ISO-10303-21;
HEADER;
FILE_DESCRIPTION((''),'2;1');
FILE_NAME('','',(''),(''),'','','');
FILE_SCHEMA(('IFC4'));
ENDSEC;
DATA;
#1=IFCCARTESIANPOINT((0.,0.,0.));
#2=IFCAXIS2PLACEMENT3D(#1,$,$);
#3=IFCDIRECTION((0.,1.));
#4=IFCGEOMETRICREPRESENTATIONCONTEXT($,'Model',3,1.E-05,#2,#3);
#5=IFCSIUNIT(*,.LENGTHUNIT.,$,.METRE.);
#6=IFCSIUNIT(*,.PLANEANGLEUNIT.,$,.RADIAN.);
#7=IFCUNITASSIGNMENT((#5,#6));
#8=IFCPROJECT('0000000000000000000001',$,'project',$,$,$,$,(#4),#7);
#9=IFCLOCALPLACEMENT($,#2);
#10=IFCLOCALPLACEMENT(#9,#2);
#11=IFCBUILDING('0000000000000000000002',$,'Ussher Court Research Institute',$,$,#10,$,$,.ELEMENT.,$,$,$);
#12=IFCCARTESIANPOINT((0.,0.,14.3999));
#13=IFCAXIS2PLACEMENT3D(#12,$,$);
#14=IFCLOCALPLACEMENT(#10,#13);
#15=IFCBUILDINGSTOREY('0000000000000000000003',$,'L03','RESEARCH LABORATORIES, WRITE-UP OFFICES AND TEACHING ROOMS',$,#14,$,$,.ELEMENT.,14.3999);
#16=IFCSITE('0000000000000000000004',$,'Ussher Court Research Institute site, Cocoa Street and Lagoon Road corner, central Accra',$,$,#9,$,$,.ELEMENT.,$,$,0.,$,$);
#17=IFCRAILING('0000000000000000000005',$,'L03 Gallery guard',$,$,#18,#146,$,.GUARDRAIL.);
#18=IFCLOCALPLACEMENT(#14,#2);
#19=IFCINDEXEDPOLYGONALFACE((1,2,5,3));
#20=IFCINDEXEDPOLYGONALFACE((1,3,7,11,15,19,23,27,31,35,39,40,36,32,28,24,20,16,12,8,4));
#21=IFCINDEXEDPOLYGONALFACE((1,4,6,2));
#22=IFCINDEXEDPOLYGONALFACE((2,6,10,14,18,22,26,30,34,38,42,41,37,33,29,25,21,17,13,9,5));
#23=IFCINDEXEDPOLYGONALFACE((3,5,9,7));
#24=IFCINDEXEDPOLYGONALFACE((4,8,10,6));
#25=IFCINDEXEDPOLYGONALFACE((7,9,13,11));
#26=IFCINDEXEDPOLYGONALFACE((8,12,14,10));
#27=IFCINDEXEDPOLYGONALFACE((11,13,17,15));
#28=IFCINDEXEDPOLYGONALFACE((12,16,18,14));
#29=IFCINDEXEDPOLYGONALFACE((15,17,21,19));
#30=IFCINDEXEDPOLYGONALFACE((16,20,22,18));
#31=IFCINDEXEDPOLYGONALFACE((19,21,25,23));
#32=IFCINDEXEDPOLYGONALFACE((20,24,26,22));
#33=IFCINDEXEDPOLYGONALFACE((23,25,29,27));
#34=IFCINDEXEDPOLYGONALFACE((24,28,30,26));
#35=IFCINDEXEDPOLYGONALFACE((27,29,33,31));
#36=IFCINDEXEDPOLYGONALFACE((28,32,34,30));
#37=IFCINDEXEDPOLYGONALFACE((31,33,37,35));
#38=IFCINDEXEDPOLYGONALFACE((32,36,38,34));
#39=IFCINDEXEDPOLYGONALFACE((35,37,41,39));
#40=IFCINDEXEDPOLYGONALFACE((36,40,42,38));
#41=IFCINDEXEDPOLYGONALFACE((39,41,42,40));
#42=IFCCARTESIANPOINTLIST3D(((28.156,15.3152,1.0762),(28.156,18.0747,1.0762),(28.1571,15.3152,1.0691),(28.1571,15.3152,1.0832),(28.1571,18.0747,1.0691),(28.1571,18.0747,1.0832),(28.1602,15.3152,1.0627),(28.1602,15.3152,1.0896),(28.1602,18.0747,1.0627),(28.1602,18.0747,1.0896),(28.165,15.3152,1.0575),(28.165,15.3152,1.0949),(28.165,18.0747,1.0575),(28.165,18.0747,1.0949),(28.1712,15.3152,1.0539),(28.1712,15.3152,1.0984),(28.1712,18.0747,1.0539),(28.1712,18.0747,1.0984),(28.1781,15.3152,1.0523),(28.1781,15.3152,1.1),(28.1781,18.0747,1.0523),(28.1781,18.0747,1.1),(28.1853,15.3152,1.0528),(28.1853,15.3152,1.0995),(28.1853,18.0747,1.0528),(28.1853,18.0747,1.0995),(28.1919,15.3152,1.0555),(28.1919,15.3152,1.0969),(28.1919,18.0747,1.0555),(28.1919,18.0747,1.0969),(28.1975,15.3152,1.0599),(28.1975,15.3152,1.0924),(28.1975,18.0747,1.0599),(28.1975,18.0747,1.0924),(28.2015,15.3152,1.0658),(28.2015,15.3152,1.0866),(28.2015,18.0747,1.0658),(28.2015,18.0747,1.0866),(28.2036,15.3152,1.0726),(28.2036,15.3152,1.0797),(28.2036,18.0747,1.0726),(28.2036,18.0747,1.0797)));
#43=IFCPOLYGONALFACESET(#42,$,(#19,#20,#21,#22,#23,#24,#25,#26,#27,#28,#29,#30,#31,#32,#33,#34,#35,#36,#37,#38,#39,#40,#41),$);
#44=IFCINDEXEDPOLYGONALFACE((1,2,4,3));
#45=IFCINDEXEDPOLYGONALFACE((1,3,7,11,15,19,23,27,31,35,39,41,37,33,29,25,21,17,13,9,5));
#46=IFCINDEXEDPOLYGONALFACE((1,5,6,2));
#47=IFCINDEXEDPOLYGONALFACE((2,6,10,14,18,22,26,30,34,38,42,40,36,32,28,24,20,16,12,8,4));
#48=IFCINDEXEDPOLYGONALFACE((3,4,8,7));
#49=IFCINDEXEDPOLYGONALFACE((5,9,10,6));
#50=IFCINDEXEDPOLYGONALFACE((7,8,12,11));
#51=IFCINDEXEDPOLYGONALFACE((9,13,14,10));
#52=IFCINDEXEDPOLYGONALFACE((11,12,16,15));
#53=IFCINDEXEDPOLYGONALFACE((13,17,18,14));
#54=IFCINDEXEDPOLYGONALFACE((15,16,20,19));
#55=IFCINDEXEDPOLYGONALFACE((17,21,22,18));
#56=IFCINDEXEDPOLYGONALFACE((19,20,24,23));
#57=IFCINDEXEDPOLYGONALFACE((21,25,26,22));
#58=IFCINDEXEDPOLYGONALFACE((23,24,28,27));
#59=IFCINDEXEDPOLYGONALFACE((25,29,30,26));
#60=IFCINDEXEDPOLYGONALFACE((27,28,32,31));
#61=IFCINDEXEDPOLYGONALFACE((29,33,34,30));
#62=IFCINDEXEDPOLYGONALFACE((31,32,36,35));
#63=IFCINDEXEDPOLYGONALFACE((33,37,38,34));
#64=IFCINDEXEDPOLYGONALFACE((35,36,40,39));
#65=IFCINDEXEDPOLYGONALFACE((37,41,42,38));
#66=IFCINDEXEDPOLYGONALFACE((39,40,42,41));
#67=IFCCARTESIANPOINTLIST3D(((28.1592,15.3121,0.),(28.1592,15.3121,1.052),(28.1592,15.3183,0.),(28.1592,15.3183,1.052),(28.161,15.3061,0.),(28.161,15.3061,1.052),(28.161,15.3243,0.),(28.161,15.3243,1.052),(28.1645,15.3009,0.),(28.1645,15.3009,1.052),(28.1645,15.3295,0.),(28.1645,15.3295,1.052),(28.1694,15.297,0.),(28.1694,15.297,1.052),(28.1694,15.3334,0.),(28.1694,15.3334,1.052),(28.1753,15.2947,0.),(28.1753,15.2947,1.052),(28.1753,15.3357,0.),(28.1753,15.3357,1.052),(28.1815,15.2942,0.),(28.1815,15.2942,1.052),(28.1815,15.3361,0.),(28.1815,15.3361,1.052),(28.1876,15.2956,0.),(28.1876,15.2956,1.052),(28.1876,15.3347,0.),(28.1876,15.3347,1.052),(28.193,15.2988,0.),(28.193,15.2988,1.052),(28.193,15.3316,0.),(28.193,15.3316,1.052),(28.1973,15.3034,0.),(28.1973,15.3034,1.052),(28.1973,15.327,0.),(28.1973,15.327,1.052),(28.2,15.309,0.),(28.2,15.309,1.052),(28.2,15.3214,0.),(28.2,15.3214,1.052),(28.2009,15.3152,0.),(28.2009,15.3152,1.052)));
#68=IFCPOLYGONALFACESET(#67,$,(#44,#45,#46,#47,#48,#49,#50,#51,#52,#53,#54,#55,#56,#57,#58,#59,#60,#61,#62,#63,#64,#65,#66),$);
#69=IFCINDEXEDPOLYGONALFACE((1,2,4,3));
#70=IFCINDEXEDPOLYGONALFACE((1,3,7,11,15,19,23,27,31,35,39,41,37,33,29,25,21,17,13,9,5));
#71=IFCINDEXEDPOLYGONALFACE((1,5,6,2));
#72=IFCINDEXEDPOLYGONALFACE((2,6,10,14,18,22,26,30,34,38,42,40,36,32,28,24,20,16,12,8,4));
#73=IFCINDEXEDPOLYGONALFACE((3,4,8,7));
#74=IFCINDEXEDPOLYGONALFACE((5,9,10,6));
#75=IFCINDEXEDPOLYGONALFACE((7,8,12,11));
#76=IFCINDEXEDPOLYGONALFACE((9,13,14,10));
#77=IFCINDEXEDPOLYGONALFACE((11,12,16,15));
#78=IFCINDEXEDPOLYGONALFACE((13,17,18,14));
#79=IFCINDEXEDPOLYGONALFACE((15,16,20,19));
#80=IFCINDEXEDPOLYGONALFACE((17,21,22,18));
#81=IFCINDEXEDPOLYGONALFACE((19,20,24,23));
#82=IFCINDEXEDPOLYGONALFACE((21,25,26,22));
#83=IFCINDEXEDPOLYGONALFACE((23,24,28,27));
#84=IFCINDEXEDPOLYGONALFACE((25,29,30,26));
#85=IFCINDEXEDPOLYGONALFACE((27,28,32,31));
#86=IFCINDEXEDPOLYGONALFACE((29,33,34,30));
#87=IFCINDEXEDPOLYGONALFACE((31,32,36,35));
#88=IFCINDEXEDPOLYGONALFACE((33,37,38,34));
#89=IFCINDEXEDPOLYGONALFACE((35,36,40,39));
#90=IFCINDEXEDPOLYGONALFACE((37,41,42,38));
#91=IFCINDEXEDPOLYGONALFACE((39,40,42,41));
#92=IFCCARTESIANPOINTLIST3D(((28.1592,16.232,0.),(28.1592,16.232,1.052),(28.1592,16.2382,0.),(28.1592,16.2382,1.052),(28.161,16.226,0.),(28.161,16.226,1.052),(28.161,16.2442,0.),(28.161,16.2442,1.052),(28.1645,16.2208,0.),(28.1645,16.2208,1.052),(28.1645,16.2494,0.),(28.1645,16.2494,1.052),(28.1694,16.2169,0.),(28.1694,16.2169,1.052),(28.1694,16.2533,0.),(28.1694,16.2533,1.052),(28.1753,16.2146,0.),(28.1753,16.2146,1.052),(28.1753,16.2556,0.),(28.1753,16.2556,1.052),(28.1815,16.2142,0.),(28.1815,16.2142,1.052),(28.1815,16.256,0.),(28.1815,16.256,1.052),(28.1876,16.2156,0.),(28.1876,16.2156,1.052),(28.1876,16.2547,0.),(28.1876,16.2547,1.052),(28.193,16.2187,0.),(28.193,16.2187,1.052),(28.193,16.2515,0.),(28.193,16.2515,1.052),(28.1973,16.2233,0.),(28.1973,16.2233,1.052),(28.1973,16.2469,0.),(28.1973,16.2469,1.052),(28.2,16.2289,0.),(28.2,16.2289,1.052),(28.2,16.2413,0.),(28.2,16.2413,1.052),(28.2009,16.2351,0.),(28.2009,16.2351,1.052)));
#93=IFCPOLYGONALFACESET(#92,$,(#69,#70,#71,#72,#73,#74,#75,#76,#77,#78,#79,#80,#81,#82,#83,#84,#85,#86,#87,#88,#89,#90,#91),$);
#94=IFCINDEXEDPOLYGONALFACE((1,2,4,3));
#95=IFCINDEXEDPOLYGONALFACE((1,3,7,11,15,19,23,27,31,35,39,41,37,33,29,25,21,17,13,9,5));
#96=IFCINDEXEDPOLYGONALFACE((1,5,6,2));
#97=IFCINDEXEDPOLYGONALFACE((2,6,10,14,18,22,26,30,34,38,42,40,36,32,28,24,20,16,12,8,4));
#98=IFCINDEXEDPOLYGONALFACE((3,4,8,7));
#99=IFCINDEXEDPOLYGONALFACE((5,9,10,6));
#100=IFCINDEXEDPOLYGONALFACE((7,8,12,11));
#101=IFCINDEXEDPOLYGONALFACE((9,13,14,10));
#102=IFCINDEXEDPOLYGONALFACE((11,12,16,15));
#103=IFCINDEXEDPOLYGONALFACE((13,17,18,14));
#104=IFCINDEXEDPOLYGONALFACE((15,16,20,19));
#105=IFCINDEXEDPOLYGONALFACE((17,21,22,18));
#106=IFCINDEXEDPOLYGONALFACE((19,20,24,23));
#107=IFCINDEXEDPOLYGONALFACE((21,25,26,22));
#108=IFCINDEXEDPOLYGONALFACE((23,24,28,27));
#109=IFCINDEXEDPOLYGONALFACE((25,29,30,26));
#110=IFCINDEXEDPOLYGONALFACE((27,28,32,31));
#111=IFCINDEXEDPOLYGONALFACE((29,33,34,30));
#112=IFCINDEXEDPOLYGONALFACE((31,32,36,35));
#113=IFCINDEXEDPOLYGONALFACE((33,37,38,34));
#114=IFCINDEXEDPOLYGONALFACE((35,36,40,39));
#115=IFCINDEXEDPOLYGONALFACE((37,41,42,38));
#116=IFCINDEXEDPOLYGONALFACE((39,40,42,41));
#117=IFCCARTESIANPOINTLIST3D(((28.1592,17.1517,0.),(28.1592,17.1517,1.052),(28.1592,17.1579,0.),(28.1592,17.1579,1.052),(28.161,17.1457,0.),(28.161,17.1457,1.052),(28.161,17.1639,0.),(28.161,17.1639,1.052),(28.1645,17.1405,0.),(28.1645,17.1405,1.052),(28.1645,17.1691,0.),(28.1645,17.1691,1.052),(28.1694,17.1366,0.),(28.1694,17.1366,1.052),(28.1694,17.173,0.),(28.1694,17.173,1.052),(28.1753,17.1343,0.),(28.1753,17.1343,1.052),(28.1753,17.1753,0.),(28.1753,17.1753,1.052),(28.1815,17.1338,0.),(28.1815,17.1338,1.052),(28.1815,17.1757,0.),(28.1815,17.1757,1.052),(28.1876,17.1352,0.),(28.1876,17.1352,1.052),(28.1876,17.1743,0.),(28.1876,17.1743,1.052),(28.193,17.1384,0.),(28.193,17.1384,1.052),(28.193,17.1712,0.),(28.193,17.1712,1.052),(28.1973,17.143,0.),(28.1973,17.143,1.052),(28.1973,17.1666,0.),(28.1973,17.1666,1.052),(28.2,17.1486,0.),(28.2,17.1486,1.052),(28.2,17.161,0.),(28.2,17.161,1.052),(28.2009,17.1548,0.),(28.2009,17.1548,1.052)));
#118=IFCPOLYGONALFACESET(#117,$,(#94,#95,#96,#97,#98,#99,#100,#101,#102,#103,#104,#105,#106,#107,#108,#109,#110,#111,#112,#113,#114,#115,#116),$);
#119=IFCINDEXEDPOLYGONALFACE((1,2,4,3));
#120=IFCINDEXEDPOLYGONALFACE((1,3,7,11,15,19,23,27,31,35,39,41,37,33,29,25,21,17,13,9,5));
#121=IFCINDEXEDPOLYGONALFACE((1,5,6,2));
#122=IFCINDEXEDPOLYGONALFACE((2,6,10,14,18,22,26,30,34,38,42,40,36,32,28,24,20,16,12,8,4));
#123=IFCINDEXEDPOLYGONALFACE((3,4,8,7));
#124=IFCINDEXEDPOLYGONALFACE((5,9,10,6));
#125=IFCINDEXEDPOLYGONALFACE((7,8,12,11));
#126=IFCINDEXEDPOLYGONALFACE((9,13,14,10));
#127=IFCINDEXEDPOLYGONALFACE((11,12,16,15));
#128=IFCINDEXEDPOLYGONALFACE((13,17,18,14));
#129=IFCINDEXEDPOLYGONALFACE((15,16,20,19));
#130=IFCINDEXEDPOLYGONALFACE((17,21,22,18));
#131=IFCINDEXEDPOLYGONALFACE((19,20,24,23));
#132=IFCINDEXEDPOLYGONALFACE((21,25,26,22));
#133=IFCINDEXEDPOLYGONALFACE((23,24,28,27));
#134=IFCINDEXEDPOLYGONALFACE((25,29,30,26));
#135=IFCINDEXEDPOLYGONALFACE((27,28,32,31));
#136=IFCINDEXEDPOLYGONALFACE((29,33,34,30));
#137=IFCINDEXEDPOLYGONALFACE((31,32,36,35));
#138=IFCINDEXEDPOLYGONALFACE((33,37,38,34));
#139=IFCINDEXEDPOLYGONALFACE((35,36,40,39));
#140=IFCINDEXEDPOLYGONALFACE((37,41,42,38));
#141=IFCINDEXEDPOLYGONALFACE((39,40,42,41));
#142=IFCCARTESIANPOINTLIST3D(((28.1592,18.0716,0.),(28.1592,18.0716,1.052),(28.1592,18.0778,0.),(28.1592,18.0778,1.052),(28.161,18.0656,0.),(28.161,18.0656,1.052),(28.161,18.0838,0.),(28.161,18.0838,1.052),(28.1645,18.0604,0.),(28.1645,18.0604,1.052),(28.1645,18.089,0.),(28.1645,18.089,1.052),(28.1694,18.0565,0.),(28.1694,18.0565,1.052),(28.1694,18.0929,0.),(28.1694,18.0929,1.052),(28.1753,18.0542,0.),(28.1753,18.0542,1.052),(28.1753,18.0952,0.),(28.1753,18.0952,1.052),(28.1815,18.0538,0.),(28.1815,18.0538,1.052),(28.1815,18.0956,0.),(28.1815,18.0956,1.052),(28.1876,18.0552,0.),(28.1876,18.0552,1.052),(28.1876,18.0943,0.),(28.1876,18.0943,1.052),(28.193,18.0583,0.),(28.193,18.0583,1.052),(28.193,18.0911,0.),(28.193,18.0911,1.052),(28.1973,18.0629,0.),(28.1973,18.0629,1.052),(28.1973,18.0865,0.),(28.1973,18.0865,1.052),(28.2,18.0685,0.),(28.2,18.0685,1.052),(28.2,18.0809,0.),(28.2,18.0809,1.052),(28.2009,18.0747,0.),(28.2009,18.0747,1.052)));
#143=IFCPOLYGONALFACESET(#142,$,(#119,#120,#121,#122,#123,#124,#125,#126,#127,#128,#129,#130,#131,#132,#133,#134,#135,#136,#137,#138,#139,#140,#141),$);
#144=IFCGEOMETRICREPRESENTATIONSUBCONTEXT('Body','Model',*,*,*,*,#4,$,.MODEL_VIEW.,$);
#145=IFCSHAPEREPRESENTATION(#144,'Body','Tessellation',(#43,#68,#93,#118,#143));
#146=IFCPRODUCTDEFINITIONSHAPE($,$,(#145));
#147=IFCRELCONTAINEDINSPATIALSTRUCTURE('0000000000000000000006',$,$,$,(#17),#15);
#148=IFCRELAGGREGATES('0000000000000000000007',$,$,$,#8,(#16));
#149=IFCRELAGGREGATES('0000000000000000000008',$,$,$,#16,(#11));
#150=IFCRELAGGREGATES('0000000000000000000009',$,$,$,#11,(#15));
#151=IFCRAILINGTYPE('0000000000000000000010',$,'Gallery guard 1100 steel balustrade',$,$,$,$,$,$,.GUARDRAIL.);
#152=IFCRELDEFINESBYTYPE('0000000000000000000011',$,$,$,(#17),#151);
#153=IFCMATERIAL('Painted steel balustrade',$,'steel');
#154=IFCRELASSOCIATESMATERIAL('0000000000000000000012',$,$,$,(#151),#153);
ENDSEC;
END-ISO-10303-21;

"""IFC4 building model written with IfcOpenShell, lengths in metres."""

from ifc_helpers import new_model, si_unit, direction, frame, origin, origin_2d, place, context, subcontext, project, spatial, circle, extrude, material, type_object, element, save


model = new_model("IFC4")

# Units and contexts
model_context = context("Model", 3, precision=1e-05, world=origin(), true_north=direction((0.0, 1.0)))
body_context = subcontext(model_context, "Body", "Model", "MODEL_VIEW")
ifc_project = project(units=[si_unit("LENGTHUNIT", "METRE"), si_unit("PLANEANGLEUNIT", "RADIAN")], contexts=[model_context])

# Site, building, storey
site_placement = place(None, origin())
site = spatial("IfcSite", under=ifc_project, at=site_placement, Name="Ussher Court Research Institute site, Cocoa Street and Lagoon Road corner, central Accra", CompositionType="ELEMENT", RefElevation=0.0)
building_placement = place(site_placement, origin())
building = spatial("IfcBuilding", under=site, at=building_placement, Name="Ussher Court Research Institute", CompositionType="ELEMENT")
storey_placement = place(building_placement, frame((0.0, 0.0, 14.3999)))
storey = spatial("IfcBuildingStorey", under=building, at=storey_placement, Name="L03", Description="RESEARCH LABORATORIES, WRITE-UP OFFICES AND TEACHING ROOMS", CompositionType="ELEMENT", Elevation=14.3999)

# Railing
ifc_material_1 = material(Name="Painted steel balustrade", Category="steel")
railing_type = type_object("IfcRailingType", Name="Gallery guard 1100 steel balustrade", PredefinedType="GUARDRAIL", material=ifc_material_1)
railing_1_placement = place(storey_placement, frame((28.1799, 15.3152, 0.0)))
element("IfcRailing", 1, at=railing_1_placement, inside=storey, type_object=railing_type, Name="L03 Gallery guard", PredefinedType="GUARDRAIL", context=body_context, shape_type="SweptSolid", body=[
    extrude(circle(Radius=0.0239, at=origin_2d()), frame((0.0, 0.0, 1.0762), z_axis=(0.0, 1.0, 0.0), x_axis=(-1.0, 0.0, 0.0)), (0.0, 0.0, 1.0), 2.7595),
    extrude(circle(Radius=0.021, at=origin_2d()), origin(), (0.0, 0.0, 1.0), 1.052),
    extrude(circle(Radius=0.021, at=origin_2d()), frame((0.0, 0.9199, 0.0)), (0.0, 0.0, 1.0), 1.052),
    extrude(circle(Radius=0.021, at=origin_2d()), frame((0.0, 1.8396, 0.0)), (0.0, 0.0, 1.0), 1.052),
    extrude(circle(Radius=0.021, at=origin_2d()), frame((0.0, 2.7595, 0.0)), (0.0, 0.0, 1.0), 1.052),
])

save(model, "model.ifc")
